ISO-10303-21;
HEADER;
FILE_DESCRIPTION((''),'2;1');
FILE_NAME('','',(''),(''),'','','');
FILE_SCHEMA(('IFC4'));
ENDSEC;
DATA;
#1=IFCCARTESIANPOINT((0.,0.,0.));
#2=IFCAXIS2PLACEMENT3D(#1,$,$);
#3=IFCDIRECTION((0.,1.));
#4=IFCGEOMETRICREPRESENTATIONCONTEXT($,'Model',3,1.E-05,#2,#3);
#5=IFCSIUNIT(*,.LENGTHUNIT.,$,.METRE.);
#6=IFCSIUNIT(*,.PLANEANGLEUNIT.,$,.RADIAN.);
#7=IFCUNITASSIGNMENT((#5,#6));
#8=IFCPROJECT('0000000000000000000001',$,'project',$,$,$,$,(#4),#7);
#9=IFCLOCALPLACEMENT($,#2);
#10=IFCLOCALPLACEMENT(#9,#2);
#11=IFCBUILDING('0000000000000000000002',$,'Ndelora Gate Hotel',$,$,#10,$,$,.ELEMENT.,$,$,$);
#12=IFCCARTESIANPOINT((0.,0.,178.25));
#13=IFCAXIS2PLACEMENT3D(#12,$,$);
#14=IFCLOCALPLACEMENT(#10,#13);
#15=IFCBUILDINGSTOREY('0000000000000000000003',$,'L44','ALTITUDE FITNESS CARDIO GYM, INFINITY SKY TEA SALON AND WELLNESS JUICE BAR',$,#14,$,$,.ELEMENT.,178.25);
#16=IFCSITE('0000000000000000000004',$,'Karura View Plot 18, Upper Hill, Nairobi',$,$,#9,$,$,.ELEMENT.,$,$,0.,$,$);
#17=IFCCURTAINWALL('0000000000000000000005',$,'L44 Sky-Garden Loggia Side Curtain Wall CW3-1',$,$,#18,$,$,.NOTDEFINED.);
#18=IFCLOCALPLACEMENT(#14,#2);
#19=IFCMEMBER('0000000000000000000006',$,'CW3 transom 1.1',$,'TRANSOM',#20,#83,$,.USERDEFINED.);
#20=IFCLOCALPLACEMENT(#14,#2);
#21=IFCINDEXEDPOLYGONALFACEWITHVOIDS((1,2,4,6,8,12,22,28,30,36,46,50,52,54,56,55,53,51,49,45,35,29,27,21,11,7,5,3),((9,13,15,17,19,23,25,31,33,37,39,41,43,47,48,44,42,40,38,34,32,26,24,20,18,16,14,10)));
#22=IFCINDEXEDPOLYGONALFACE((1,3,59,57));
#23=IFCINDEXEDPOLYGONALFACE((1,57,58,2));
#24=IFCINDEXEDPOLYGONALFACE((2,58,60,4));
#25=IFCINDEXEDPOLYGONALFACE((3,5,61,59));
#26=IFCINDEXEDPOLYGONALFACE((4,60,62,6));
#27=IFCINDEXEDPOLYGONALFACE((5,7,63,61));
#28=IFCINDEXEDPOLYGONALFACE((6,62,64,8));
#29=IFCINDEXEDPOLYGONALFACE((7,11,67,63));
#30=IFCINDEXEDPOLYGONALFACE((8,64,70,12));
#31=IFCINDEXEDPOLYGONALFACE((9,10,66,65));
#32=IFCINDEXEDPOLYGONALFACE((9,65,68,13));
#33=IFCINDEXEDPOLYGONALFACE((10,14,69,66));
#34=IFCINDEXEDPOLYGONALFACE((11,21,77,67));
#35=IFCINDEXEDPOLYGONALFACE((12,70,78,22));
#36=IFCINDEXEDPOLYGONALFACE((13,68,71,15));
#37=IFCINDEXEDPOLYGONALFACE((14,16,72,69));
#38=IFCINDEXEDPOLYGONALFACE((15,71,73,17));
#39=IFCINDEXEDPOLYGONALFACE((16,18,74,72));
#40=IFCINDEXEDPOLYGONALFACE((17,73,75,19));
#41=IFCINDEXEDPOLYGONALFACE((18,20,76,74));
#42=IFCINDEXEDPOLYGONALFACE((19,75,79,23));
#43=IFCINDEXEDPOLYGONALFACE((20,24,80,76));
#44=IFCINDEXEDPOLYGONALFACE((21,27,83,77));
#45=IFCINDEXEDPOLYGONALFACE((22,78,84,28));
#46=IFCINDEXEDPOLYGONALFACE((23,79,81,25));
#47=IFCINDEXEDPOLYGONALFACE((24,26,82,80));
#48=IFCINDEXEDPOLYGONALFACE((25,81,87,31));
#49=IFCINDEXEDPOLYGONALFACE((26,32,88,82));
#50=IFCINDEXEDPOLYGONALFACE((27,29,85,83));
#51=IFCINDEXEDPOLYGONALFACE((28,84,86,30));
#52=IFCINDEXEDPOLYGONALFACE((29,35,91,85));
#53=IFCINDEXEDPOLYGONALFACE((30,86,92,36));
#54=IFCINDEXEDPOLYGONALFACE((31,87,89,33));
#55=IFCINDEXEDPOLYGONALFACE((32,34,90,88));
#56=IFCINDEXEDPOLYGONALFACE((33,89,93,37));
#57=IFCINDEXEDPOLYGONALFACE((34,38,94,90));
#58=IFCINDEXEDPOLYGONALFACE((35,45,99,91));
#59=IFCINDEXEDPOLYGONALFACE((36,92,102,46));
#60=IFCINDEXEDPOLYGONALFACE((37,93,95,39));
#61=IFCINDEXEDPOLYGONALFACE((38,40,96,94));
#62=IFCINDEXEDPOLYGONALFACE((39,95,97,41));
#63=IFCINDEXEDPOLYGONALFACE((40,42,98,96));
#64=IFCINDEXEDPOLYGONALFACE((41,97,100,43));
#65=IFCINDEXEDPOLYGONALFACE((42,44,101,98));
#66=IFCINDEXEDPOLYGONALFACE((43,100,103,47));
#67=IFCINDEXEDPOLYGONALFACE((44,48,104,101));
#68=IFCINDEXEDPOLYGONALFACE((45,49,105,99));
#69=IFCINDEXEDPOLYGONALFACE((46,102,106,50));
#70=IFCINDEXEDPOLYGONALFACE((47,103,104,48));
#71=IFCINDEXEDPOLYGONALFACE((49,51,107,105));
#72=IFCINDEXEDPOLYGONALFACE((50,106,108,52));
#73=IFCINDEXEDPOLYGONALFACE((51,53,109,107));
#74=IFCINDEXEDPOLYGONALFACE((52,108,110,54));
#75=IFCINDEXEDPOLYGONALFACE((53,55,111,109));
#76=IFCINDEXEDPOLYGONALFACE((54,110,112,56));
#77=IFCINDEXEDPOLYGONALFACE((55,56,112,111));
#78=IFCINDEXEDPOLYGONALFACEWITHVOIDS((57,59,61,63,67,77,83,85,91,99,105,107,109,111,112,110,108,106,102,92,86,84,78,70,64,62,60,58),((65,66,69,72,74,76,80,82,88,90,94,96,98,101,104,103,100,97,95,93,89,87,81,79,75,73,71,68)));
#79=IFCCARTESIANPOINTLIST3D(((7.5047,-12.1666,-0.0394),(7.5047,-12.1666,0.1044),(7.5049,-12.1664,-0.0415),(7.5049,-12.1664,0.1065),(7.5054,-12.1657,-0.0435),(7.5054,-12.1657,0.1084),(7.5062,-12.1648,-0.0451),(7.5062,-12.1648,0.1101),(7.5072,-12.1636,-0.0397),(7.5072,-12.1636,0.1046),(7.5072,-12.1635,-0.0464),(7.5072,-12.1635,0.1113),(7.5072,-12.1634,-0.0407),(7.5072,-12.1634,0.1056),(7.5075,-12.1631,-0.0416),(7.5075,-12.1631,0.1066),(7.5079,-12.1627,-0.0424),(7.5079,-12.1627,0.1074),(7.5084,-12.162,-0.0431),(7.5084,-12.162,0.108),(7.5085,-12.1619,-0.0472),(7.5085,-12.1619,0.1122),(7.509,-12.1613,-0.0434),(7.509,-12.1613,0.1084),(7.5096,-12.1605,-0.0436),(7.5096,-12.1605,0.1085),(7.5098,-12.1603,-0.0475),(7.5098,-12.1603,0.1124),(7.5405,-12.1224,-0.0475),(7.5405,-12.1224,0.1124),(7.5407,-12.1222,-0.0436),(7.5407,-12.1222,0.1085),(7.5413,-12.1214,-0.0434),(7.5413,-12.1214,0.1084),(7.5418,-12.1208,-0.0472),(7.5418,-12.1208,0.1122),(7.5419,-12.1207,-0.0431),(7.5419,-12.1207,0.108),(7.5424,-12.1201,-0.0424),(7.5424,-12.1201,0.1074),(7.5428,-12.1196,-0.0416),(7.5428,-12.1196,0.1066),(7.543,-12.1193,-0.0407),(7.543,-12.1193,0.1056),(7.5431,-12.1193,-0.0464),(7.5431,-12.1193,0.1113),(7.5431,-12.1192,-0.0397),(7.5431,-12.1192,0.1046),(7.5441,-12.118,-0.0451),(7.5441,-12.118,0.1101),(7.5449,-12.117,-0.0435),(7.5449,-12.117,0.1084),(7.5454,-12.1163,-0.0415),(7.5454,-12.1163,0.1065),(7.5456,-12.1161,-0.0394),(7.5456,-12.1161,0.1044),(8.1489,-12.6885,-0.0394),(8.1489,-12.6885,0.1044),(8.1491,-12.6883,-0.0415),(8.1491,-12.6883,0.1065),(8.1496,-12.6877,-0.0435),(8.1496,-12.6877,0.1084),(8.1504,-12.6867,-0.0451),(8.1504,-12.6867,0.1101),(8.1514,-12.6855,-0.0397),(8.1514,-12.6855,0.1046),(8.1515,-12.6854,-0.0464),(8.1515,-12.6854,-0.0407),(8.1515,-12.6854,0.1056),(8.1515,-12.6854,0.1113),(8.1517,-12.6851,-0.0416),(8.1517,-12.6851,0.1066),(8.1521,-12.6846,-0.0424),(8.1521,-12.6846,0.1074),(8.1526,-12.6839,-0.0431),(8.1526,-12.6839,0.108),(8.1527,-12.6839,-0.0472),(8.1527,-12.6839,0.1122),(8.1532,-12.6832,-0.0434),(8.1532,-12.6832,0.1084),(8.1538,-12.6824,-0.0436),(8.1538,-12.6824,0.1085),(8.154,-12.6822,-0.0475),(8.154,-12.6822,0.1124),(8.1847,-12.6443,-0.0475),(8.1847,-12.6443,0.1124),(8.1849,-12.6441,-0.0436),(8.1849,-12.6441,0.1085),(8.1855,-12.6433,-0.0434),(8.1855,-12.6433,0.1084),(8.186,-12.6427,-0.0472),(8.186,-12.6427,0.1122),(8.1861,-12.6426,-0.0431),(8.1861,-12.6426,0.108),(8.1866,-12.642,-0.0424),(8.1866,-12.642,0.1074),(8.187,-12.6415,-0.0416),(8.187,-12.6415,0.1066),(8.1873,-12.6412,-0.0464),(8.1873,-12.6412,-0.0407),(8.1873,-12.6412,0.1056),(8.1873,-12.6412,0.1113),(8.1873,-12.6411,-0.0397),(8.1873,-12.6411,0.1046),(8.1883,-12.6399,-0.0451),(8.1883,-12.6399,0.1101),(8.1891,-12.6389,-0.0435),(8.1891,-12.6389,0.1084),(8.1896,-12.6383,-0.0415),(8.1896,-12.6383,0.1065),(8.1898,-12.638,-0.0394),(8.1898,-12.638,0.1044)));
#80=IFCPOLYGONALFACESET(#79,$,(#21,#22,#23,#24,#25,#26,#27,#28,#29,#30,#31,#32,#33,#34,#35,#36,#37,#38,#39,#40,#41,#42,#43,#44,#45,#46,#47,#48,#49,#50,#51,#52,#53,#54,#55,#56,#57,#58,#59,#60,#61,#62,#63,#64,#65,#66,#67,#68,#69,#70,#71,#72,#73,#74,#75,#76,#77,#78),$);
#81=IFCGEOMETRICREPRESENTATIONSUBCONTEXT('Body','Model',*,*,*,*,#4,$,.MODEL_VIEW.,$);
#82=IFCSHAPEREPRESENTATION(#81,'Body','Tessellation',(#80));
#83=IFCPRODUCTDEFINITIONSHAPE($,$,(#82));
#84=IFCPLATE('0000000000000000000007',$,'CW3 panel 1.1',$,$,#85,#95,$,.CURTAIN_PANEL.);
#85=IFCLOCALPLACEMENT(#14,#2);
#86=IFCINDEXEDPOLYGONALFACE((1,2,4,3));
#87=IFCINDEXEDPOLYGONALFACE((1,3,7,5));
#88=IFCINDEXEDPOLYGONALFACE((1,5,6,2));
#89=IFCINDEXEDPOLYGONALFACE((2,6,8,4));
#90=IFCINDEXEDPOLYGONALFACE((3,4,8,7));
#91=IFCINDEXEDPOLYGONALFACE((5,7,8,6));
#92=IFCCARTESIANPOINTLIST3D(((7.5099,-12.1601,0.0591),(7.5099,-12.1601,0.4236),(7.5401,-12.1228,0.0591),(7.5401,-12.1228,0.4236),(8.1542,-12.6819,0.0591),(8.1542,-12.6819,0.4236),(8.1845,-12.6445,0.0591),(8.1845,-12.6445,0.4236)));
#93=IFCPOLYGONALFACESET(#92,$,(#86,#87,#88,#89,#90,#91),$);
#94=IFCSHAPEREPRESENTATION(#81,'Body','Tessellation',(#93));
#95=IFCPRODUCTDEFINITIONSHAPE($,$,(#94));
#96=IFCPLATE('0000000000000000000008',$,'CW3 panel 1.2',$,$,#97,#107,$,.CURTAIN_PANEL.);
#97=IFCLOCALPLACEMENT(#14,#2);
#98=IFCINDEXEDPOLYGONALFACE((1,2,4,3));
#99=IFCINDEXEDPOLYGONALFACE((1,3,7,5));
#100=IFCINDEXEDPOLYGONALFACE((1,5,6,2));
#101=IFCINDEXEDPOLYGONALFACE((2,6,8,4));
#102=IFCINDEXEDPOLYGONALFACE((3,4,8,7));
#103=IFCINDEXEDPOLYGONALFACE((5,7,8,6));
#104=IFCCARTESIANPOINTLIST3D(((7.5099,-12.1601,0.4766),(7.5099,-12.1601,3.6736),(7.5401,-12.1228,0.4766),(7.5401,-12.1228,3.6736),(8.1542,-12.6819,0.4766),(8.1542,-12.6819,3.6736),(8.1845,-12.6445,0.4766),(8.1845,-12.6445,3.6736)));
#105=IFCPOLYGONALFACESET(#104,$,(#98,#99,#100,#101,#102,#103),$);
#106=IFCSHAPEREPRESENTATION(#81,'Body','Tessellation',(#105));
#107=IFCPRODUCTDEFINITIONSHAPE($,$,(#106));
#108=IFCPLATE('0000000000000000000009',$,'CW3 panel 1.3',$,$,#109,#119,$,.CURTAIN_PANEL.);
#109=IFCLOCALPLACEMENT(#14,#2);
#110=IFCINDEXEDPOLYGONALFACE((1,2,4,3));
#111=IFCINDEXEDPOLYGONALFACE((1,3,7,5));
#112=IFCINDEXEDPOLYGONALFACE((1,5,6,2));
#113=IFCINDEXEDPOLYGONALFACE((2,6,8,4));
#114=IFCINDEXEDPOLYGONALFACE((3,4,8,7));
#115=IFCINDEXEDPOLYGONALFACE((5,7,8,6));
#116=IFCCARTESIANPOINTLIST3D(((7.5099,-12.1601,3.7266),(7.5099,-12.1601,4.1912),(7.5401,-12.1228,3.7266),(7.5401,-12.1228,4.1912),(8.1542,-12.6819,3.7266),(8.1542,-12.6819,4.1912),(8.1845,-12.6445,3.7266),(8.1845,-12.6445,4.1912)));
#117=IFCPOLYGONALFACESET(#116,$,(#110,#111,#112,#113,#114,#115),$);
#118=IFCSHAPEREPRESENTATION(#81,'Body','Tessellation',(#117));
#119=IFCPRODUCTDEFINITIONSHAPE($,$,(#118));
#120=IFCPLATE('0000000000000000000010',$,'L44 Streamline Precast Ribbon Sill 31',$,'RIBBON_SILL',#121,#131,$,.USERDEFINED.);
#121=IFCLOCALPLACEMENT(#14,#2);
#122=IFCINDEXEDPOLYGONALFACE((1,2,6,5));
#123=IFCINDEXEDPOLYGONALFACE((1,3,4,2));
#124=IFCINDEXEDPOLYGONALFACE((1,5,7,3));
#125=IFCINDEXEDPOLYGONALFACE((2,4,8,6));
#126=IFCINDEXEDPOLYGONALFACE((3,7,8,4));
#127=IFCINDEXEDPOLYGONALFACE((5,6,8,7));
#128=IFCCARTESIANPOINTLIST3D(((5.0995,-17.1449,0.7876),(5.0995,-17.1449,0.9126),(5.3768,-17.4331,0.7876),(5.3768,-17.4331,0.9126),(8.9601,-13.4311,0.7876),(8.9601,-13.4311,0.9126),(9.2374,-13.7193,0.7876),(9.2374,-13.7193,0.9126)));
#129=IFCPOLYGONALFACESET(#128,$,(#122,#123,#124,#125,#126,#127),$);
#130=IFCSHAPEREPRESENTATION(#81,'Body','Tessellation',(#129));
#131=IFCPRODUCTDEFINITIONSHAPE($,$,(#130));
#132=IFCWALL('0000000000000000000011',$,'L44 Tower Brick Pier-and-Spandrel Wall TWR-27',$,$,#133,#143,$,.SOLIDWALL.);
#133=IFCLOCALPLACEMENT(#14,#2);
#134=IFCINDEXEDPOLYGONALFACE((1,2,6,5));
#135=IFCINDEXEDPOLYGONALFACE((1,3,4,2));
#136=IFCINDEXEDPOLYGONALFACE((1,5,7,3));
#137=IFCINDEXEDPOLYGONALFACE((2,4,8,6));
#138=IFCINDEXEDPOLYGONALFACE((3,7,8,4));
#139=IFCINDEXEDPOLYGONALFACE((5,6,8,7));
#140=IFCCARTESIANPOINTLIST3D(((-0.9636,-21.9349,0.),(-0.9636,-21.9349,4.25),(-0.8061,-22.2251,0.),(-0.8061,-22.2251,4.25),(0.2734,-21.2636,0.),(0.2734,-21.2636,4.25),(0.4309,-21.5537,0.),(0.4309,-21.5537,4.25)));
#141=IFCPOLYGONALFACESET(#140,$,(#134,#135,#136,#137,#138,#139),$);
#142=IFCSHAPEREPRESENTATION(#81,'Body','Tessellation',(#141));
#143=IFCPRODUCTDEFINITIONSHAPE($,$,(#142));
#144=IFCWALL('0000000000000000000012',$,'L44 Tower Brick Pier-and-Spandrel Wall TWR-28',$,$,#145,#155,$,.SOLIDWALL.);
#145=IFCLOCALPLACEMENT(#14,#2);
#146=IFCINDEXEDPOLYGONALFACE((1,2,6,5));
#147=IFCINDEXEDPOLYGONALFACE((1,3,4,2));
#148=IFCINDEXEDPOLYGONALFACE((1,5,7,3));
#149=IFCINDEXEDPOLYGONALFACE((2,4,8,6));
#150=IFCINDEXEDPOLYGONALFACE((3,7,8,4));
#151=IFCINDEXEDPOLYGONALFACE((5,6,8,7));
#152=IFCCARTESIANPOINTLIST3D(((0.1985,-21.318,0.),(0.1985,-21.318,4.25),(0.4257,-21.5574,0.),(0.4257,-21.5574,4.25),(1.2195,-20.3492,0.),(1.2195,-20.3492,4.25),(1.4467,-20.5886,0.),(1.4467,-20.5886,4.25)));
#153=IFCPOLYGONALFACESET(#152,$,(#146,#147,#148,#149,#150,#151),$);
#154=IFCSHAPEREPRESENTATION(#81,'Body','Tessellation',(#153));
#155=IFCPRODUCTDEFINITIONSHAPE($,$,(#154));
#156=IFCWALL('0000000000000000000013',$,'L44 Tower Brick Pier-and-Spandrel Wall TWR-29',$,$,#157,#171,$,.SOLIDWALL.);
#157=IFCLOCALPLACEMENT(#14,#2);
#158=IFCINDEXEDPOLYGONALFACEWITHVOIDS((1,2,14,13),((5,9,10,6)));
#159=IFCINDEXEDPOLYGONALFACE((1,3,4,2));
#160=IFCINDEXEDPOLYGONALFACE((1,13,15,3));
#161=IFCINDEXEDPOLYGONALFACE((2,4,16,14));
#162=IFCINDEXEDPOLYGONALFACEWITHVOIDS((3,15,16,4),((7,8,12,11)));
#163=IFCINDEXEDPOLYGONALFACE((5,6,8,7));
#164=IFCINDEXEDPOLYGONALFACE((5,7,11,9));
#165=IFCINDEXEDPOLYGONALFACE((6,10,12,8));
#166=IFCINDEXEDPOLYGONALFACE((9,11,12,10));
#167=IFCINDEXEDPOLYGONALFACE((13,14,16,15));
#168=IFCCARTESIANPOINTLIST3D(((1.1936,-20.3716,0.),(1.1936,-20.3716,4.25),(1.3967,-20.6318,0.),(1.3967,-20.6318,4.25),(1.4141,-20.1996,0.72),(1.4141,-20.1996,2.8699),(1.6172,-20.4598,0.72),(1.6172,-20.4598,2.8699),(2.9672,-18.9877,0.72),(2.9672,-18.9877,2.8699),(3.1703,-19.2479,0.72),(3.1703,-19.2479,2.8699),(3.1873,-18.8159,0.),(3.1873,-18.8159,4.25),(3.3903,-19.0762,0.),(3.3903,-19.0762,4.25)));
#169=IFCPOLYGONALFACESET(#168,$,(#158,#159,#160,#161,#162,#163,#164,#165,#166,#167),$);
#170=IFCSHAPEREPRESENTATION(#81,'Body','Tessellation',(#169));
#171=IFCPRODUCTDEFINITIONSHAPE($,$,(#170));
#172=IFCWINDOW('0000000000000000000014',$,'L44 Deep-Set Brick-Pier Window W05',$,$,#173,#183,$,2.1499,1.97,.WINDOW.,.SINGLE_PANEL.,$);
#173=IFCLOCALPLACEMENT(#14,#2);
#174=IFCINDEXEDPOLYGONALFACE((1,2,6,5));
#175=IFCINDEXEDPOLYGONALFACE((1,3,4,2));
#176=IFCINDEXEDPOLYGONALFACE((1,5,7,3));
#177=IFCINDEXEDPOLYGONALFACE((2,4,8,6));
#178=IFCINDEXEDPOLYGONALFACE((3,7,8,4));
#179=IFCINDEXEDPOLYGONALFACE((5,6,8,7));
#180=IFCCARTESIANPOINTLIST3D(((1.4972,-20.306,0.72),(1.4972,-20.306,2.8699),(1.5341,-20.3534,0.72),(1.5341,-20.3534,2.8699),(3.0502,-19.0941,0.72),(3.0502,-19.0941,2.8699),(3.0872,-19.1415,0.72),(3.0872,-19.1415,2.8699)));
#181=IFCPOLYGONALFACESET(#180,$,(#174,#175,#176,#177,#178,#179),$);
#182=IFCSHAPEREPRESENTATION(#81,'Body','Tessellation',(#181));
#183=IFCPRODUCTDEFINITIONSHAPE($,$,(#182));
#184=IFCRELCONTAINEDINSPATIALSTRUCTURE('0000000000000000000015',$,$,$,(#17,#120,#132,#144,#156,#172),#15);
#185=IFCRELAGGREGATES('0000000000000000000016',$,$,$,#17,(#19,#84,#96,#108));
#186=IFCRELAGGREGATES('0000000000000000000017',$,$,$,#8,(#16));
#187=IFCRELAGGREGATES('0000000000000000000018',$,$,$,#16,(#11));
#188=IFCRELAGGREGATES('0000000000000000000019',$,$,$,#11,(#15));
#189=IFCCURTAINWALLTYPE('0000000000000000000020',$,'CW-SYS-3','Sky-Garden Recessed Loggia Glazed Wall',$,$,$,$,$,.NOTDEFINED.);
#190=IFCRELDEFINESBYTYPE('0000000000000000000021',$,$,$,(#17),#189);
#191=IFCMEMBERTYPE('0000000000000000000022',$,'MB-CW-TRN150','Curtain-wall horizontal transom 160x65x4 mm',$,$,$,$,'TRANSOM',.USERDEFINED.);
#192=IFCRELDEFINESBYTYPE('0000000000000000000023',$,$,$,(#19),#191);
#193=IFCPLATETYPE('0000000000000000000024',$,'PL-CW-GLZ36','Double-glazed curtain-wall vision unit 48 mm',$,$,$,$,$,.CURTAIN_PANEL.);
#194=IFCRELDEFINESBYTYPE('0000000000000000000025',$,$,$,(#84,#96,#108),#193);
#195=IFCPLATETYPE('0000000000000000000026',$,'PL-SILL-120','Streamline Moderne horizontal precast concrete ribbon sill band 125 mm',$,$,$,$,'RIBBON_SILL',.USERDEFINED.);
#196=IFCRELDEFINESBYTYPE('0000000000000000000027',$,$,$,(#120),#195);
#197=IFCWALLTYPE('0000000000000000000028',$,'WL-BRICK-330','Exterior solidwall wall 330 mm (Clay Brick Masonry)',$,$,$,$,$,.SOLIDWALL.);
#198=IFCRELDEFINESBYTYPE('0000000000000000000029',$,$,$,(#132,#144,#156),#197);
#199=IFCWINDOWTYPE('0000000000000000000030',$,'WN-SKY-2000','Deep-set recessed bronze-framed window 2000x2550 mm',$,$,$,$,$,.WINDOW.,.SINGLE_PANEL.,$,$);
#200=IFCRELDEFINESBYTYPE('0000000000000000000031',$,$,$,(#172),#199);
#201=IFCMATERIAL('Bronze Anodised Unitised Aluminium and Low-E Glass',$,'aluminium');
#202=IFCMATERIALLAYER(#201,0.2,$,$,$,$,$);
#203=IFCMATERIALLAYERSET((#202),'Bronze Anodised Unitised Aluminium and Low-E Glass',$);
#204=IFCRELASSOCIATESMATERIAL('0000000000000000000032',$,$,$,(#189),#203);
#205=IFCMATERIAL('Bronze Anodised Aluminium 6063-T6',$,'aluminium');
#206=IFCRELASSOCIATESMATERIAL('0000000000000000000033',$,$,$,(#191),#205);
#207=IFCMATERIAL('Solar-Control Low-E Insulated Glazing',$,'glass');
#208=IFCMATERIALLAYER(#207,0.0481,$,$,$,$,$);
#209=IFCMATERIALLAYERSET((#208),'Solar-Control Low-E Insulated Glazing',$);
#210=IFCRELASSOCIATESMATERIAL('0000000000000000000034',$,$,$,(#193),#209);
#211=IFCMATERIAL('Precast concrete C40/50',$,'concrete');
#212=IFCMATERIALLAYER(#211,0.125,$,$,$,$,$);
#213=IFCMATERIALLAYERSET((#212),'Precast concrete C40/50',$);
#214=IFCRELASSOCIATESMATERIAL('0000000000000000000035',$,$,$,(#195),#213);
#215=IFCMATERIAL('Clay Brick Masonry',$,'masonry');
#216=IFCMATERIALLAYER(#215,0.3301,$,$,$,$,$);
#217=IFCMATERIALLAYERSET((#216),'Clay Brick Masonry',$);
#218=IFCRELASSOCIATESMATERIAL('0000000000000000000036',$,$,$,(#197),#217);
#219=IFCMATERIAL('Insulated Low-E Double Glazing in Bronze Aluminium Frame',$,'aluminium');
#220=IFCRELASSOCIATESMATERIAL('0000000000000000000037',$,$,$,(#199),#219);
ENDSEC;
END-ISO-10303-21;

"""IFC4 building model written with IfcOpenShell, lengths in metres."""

from ifc_helpers import new_model, si_unit, direction, frame, frame_2d, origin, origin_2d, place, context, subcontext, project, spatial, rectangle, hollow_rectangle, extrude, material, layer, layer_set, material_profile, profile_set, type_object, element, fill, aggregate, save


model = new_model("IFC4")

# Units and contexts
model_context = context("Model", 3, precision=1e-05, world=origin(), true_north=direction((0.0, 1.0)))
body_context = subcontext(model_context, "Body", "Model", "MODEL_VIEW")
ifc_project = project(units=[si_unit("LENGTHUNIT", "METRE"), si_unit("PLANEANGLEUNIT", "RADIAN")], contexts=[model_context])

# Site, building, storey
site_placement = place(None, origin())
site = spatial("IfcSite", under=ifc_project, at=site_placement, Name="Karura View Plot 18, Upper Hill, Nairobi", CompositionType="ELEMENT", RefElevation=0.0)
building_placement = place(site_placement, origin())
building = spatial("IfcBuilding", under=site, at=building_placement, Name="Ndelora Gate Hotel", CompositionType="ELEMENT")
storey_placement = place(building_placement, frame((0.0, 0.0, 178.25)))
storey = spatial("IfcBuildingStorey", under=building, at=storey_placement, Name="L44", Description="ALTITUDE FITNESS CARDIO GYM, INFINITY SKY TEA SALON AND WELLNESS JUICE BAR", CompositionType="ELEMENT", Elevation=178.25)

# Curtain wall, member, plates
ifc_material_1 = material(Name="Bronze Anodised Unitised Aluminium and Low-E Glass", Category="aluminium")
ifc_layer_1 = layer(ifc_material_1, 0.2)
ifc_layer_set_1 = layer_set([ifc_layer_1], Name="Bronze Anodised Unitised Aluminium and Low-E Glass")
curtain_wall_type = type_object("IfcCurtainWallType", Name="CW-SYS-3", Description="Sky-Garden Recessed Loggia Glazed Wall", PredefinedType="NOTDEFINED", material=ifc_layer_set_1)
curtain_wall_placement = place(storey_placement, origin())
curtain_wall = element("IfcCurtainWall", 1, at=curtain_wall_placement, inside=storey, type_object=curtain_wall_type, Name="L44 Sky-Garden Loggia Side Curtain Wall CW3-1", PredefinedType="NOTDEFINED")
ifc_material_2 = material(Name="Bronze Anodised Aluminium 6063-T6", Category="aluminium")
ifc_material_profile_1 = material_profile(ifc_material_2, hollow_rectangle(XDim=0.0649, YDim=0.1599, WallThickness=0.0039, InnerFilletRadius=0.0039, OuterFilletRadius=0.0081, at=origin_2d()), Name="ALU 160x65x4")
ifc_profile_set_1 = profile_set([ifc_material_profile_1], Name="Bronze Anodised Aluminium 6063-T6")
member_type_1 = type_object("IfcMemberType", Name="MB-CW-TRN150", Description="Curtain-wall horizontal transom 160x65x4 mm", ElementType="TRANSOM", PredefinedType="USERDEFINED", material=ifc_profile_set_1)
member_1_placement = place(storey_placement, frame((7.5251, -12.1414, 0.0325), z_axis=(0.777005, -0.629495, 0.0), x_axis=(0.629495, 0.777005, 0.0)))
member_1 = element("IfcMember", 2, at=member_1_placement, type_object=member_type_1, Name="CW3 transom 1.1", ObjectType="TRANSOM", PredefinedType="USERDEFINED", context=body_context, shape_type="SweptSolid", body=[
    extrude(hollow_rectangle(XDim=0.0649, YDim=0.1599, WallThickness=0.0039, InnerFilletRadius=0.0039, OuterFilletRadius=0.0081, at=origin_2d()), origin(), (0.0, 0.0, 1.0), 0.8291),
])
ifc_material_3 = material(Name="Solar-Control Low-E Insulated Glazing", Category="glass")
ifc_layer_2 = layer(ifc_material_3, 0.0481)
ifc_layer_set_2 = layer_set([ifc_layer_2], Name="Solar-Control Low-E Insulated Glazing")
plate_type_1 = type_object("IfcPlateType", Name="PL-CW-GLZ36", Description="Double-glazed curtain-wall vision unit 48 mm", PredefinedType="CURTAIN_PANEL", material=ifc_layer_set_2)
plate_1_placement = place(storey_placement, frame((7.8472, -12.4023, 0.0591), z_axis=(0.0, 0.0, 1.0), x_axis=(0.777137, -0.629332, 0.0)))
plate_1 = element("IfcPlate", 3, at=plate_1_placement, type_object=plate_type_1, Name="CW3 panel 1.1", PredefinedType="CURTAIN_PANEL", context=body_context, shape_type="SweptSolid", body=[
    extrude(rectangle(XDim=0.8291, YDim=0.0481, at=origin_2d()), origin(), (0.0, 0.0, 1.0), 0.3645),
])
plate_2_placement = place(storey_placement, frame((7.8472, -12.4023, 0.4766), z_axis=(0.0, 0.0, 1.0), x_axis=(0.777137, -0.629332, 0.0)))
plate_2 = element("IfcPlate", 4, at=plate_2_placement, type_object=plate_type_1, Name="CW3 panel 1.2", PredefinedType="CURTAIN_PANEL", context=body_context, shape_type="SweptSolid", body=[
    extrude(rectangle(XDim=0.8291, YDim=0.0481, at=origin_2d()), origin(), (0.0, 0.0, 1.0), 3.197),
])
plate_3_placement = place(storey_placement, frame((7.8472, -12.4023, 3.7266), z_axis=(0.0, 0.0, 1.0), x_axis=(0.777137, -0.629332, 0.0)))
plate_3 = element("IfcPlate", 5, at=plate_3_placement, type_object=plate_type_1, Name="CW3 panel 1.3", PredefinedType="CURTAIN_PANEL", context=body_context, shape_type="SweptSolid", body=[
    extrude(rectangle(XDim=0.8291, YDim=0.0481, at=origin_2d()), origin(), (0.0, 0.0, 1.0), 0.4646),
])
aggregate(curtain_wall, [member_1, plate_1, plate_2, plate_3])

# Plate
ifc_material_4 = material(Name="Precast concrete C40/50", Category="concrete")
ifc_layer_3 = layer(ifc_material_4, 0.125)
ifc_layer_set_3 = layer_set([ifc_layer_3], Name="Precast concrete C40/50")
plate_type_2 = type_object("IfcPlateType", Name="PL-SILL-120", Description="Streamline Moderne horizontal precast concrete ribbon sill band 125 mm", ElementType="RIBBON_SILL", PredefinedType="USERDEFINED", material=ifc_layer_set_3)
plate_4_placement = place(storey_placement, frame((7.1685, -15.4321, 0.7876), z_axis=(0.0, 0.0, 1.0), x_axis=(0.720672, 0.693276, 0.0)))
element("IfcPlate", 6, at=plate_4_placement, inside=storey, type_object=plate_type_2, Name="L44 Streamline Precast Ribbon Sill 31", ObjectType="RIBBON_SILL", PredefinedType="USERDEFINED", context=body_context, shape_type="SweptSolid", body=[
    extrude(rectangle(XDim=5.3569, YDim=0.3999, at=origin_2d()), origin(), (0.0, 0.0, 1.0), 0.125),
])

# Walls
ifc_material_5 = material(Name="Clay Brick Masonry", Category="masonry")
ifc_layer_4 = layer(ifc_material_5, 0.3301)
ifc_layer_set_4 = layer_set([ifc_layer_4], Name="Clay Brick Masonry")
wall_type = type_object("IfcWallType", Name="WL-BRICK-330", Description="Exterior solidwall wall 330 mm (Clay Brick Masonry)", PredefinedType="SOLIDWALL", material=ifc_layer_set_4)
for number, where, z_axis, x_axis, name in (
    (7, (0.3521, -21.4087, 0.0), (0.0, 0.0, 1.0), (-0.878901, -0.477004, 0.0), "L44 Tower Brick Pier-and-Spandrel Wall TWR-27"),
    (8, (1.333, -20.469, 0.0), (0.0, 0.0, 1.0), (-0.725424, -0.688303, 0.0), "L44 Tower Brick Pier-and-Spandrel Wall TWR-28"),
):
    element("IfcWall", number, at=place(storey_placement, frame(where, z_axis=z_axis, x_axis=x_axis)), inside=storey, type_object=wall_type, Name=name, PredefinedType="SOLIDWALL", context=body_context, shape_type="SweptSolid", body=[
        extrude(rectangle(XDim=1.4075, YDim=0.3301, at=frame_2d((0.7036, 0.0))), origin(), (0.0, 0.0, 1.0), 4.25),
    ])

# Wall, opening, window
wall_1_placement = place(storey_placement, frame((3.2888, -18.946, 0.0), z_axis=(0.0, 0.0, 1.0), x_axis=(-0.788384, -0.615183, 0.0)))
wall_1 = element("IfcWall", 9, at=wall_1_placement, inside=storey, type_object=wall_type, Name="L44 Tower Brick Pier-and-Spandrel Wall TWR-29", PredefinedType="SOLIDWALL", context=body_context, shape_type="SweptSolid", body=[
    extrude(rectangle(XDim=2.5288, YDim=0.3301, at=frame_2d((1.2644, 0.0))), origin(), (0.0, 0.0, 1.0), 4.25),
])
opening_1_placement = place(wall_1_placement, frame((0.2793, 0.0, 0.72)))
opening_1 = element("IfcOpeningElement", 10, at=opening_1_placement, cuts=wall_1, PredefinedType="OPENING", context=body_context, shape_type="SweptSolid", body=[
    extrude(rectangle(XDim=1.97, YDim=2.1499, at=frame_2d((0.9849, 1.075))), frame((0.0, 0.175, 0.0), z_axis=(0.0, -1.0, 0.0), x_axis=(1.0, 0.0, 0.0)), (0.0, 0.0, 1.0), 0.3501),
])
ifc_material_6 = material(Name="Insulated Low-E Double Glazing in Bronze Aluminium Frame", Category="aluminium")
window_type = type_object("IfcWindowType", Name="WN-SKY-2000", Description="Deep-set recessed bronze-framed window 2000x2550 mm", PartitioningType="SINGLE_PANEL", PredefinedType="WINDOW", material=ifc_material_6)
window_1_placement = place(opening_1_placement, origin())
window_1 = element("IfcWindow", 11, at=window_1_placement, inside=storey, type_object=window_type, Name="L44 Deep-Set Brick-Pier Window W05", OverallHeight=2.1499, OverallWidth=1.97, PartitioningType="SINGLE_PANEL", PredefinedType="WINDOW", context=body_context, shape_type="SweptSolid", body=[
    extrude(rectangle(XDim=1.97, YDim=2.1499, at=frame_2d((0.9849, 1.075))), frame((0.0, 0.03, 0.0), z_axis=(0.0, -1.0, 0.0), x_axis=(1.0, 0.0, 0.0)), (0.0, 0.0, 1.0), 0.0601),
])
fill(opening_1, window_1)

save(model, "model.ifc")
